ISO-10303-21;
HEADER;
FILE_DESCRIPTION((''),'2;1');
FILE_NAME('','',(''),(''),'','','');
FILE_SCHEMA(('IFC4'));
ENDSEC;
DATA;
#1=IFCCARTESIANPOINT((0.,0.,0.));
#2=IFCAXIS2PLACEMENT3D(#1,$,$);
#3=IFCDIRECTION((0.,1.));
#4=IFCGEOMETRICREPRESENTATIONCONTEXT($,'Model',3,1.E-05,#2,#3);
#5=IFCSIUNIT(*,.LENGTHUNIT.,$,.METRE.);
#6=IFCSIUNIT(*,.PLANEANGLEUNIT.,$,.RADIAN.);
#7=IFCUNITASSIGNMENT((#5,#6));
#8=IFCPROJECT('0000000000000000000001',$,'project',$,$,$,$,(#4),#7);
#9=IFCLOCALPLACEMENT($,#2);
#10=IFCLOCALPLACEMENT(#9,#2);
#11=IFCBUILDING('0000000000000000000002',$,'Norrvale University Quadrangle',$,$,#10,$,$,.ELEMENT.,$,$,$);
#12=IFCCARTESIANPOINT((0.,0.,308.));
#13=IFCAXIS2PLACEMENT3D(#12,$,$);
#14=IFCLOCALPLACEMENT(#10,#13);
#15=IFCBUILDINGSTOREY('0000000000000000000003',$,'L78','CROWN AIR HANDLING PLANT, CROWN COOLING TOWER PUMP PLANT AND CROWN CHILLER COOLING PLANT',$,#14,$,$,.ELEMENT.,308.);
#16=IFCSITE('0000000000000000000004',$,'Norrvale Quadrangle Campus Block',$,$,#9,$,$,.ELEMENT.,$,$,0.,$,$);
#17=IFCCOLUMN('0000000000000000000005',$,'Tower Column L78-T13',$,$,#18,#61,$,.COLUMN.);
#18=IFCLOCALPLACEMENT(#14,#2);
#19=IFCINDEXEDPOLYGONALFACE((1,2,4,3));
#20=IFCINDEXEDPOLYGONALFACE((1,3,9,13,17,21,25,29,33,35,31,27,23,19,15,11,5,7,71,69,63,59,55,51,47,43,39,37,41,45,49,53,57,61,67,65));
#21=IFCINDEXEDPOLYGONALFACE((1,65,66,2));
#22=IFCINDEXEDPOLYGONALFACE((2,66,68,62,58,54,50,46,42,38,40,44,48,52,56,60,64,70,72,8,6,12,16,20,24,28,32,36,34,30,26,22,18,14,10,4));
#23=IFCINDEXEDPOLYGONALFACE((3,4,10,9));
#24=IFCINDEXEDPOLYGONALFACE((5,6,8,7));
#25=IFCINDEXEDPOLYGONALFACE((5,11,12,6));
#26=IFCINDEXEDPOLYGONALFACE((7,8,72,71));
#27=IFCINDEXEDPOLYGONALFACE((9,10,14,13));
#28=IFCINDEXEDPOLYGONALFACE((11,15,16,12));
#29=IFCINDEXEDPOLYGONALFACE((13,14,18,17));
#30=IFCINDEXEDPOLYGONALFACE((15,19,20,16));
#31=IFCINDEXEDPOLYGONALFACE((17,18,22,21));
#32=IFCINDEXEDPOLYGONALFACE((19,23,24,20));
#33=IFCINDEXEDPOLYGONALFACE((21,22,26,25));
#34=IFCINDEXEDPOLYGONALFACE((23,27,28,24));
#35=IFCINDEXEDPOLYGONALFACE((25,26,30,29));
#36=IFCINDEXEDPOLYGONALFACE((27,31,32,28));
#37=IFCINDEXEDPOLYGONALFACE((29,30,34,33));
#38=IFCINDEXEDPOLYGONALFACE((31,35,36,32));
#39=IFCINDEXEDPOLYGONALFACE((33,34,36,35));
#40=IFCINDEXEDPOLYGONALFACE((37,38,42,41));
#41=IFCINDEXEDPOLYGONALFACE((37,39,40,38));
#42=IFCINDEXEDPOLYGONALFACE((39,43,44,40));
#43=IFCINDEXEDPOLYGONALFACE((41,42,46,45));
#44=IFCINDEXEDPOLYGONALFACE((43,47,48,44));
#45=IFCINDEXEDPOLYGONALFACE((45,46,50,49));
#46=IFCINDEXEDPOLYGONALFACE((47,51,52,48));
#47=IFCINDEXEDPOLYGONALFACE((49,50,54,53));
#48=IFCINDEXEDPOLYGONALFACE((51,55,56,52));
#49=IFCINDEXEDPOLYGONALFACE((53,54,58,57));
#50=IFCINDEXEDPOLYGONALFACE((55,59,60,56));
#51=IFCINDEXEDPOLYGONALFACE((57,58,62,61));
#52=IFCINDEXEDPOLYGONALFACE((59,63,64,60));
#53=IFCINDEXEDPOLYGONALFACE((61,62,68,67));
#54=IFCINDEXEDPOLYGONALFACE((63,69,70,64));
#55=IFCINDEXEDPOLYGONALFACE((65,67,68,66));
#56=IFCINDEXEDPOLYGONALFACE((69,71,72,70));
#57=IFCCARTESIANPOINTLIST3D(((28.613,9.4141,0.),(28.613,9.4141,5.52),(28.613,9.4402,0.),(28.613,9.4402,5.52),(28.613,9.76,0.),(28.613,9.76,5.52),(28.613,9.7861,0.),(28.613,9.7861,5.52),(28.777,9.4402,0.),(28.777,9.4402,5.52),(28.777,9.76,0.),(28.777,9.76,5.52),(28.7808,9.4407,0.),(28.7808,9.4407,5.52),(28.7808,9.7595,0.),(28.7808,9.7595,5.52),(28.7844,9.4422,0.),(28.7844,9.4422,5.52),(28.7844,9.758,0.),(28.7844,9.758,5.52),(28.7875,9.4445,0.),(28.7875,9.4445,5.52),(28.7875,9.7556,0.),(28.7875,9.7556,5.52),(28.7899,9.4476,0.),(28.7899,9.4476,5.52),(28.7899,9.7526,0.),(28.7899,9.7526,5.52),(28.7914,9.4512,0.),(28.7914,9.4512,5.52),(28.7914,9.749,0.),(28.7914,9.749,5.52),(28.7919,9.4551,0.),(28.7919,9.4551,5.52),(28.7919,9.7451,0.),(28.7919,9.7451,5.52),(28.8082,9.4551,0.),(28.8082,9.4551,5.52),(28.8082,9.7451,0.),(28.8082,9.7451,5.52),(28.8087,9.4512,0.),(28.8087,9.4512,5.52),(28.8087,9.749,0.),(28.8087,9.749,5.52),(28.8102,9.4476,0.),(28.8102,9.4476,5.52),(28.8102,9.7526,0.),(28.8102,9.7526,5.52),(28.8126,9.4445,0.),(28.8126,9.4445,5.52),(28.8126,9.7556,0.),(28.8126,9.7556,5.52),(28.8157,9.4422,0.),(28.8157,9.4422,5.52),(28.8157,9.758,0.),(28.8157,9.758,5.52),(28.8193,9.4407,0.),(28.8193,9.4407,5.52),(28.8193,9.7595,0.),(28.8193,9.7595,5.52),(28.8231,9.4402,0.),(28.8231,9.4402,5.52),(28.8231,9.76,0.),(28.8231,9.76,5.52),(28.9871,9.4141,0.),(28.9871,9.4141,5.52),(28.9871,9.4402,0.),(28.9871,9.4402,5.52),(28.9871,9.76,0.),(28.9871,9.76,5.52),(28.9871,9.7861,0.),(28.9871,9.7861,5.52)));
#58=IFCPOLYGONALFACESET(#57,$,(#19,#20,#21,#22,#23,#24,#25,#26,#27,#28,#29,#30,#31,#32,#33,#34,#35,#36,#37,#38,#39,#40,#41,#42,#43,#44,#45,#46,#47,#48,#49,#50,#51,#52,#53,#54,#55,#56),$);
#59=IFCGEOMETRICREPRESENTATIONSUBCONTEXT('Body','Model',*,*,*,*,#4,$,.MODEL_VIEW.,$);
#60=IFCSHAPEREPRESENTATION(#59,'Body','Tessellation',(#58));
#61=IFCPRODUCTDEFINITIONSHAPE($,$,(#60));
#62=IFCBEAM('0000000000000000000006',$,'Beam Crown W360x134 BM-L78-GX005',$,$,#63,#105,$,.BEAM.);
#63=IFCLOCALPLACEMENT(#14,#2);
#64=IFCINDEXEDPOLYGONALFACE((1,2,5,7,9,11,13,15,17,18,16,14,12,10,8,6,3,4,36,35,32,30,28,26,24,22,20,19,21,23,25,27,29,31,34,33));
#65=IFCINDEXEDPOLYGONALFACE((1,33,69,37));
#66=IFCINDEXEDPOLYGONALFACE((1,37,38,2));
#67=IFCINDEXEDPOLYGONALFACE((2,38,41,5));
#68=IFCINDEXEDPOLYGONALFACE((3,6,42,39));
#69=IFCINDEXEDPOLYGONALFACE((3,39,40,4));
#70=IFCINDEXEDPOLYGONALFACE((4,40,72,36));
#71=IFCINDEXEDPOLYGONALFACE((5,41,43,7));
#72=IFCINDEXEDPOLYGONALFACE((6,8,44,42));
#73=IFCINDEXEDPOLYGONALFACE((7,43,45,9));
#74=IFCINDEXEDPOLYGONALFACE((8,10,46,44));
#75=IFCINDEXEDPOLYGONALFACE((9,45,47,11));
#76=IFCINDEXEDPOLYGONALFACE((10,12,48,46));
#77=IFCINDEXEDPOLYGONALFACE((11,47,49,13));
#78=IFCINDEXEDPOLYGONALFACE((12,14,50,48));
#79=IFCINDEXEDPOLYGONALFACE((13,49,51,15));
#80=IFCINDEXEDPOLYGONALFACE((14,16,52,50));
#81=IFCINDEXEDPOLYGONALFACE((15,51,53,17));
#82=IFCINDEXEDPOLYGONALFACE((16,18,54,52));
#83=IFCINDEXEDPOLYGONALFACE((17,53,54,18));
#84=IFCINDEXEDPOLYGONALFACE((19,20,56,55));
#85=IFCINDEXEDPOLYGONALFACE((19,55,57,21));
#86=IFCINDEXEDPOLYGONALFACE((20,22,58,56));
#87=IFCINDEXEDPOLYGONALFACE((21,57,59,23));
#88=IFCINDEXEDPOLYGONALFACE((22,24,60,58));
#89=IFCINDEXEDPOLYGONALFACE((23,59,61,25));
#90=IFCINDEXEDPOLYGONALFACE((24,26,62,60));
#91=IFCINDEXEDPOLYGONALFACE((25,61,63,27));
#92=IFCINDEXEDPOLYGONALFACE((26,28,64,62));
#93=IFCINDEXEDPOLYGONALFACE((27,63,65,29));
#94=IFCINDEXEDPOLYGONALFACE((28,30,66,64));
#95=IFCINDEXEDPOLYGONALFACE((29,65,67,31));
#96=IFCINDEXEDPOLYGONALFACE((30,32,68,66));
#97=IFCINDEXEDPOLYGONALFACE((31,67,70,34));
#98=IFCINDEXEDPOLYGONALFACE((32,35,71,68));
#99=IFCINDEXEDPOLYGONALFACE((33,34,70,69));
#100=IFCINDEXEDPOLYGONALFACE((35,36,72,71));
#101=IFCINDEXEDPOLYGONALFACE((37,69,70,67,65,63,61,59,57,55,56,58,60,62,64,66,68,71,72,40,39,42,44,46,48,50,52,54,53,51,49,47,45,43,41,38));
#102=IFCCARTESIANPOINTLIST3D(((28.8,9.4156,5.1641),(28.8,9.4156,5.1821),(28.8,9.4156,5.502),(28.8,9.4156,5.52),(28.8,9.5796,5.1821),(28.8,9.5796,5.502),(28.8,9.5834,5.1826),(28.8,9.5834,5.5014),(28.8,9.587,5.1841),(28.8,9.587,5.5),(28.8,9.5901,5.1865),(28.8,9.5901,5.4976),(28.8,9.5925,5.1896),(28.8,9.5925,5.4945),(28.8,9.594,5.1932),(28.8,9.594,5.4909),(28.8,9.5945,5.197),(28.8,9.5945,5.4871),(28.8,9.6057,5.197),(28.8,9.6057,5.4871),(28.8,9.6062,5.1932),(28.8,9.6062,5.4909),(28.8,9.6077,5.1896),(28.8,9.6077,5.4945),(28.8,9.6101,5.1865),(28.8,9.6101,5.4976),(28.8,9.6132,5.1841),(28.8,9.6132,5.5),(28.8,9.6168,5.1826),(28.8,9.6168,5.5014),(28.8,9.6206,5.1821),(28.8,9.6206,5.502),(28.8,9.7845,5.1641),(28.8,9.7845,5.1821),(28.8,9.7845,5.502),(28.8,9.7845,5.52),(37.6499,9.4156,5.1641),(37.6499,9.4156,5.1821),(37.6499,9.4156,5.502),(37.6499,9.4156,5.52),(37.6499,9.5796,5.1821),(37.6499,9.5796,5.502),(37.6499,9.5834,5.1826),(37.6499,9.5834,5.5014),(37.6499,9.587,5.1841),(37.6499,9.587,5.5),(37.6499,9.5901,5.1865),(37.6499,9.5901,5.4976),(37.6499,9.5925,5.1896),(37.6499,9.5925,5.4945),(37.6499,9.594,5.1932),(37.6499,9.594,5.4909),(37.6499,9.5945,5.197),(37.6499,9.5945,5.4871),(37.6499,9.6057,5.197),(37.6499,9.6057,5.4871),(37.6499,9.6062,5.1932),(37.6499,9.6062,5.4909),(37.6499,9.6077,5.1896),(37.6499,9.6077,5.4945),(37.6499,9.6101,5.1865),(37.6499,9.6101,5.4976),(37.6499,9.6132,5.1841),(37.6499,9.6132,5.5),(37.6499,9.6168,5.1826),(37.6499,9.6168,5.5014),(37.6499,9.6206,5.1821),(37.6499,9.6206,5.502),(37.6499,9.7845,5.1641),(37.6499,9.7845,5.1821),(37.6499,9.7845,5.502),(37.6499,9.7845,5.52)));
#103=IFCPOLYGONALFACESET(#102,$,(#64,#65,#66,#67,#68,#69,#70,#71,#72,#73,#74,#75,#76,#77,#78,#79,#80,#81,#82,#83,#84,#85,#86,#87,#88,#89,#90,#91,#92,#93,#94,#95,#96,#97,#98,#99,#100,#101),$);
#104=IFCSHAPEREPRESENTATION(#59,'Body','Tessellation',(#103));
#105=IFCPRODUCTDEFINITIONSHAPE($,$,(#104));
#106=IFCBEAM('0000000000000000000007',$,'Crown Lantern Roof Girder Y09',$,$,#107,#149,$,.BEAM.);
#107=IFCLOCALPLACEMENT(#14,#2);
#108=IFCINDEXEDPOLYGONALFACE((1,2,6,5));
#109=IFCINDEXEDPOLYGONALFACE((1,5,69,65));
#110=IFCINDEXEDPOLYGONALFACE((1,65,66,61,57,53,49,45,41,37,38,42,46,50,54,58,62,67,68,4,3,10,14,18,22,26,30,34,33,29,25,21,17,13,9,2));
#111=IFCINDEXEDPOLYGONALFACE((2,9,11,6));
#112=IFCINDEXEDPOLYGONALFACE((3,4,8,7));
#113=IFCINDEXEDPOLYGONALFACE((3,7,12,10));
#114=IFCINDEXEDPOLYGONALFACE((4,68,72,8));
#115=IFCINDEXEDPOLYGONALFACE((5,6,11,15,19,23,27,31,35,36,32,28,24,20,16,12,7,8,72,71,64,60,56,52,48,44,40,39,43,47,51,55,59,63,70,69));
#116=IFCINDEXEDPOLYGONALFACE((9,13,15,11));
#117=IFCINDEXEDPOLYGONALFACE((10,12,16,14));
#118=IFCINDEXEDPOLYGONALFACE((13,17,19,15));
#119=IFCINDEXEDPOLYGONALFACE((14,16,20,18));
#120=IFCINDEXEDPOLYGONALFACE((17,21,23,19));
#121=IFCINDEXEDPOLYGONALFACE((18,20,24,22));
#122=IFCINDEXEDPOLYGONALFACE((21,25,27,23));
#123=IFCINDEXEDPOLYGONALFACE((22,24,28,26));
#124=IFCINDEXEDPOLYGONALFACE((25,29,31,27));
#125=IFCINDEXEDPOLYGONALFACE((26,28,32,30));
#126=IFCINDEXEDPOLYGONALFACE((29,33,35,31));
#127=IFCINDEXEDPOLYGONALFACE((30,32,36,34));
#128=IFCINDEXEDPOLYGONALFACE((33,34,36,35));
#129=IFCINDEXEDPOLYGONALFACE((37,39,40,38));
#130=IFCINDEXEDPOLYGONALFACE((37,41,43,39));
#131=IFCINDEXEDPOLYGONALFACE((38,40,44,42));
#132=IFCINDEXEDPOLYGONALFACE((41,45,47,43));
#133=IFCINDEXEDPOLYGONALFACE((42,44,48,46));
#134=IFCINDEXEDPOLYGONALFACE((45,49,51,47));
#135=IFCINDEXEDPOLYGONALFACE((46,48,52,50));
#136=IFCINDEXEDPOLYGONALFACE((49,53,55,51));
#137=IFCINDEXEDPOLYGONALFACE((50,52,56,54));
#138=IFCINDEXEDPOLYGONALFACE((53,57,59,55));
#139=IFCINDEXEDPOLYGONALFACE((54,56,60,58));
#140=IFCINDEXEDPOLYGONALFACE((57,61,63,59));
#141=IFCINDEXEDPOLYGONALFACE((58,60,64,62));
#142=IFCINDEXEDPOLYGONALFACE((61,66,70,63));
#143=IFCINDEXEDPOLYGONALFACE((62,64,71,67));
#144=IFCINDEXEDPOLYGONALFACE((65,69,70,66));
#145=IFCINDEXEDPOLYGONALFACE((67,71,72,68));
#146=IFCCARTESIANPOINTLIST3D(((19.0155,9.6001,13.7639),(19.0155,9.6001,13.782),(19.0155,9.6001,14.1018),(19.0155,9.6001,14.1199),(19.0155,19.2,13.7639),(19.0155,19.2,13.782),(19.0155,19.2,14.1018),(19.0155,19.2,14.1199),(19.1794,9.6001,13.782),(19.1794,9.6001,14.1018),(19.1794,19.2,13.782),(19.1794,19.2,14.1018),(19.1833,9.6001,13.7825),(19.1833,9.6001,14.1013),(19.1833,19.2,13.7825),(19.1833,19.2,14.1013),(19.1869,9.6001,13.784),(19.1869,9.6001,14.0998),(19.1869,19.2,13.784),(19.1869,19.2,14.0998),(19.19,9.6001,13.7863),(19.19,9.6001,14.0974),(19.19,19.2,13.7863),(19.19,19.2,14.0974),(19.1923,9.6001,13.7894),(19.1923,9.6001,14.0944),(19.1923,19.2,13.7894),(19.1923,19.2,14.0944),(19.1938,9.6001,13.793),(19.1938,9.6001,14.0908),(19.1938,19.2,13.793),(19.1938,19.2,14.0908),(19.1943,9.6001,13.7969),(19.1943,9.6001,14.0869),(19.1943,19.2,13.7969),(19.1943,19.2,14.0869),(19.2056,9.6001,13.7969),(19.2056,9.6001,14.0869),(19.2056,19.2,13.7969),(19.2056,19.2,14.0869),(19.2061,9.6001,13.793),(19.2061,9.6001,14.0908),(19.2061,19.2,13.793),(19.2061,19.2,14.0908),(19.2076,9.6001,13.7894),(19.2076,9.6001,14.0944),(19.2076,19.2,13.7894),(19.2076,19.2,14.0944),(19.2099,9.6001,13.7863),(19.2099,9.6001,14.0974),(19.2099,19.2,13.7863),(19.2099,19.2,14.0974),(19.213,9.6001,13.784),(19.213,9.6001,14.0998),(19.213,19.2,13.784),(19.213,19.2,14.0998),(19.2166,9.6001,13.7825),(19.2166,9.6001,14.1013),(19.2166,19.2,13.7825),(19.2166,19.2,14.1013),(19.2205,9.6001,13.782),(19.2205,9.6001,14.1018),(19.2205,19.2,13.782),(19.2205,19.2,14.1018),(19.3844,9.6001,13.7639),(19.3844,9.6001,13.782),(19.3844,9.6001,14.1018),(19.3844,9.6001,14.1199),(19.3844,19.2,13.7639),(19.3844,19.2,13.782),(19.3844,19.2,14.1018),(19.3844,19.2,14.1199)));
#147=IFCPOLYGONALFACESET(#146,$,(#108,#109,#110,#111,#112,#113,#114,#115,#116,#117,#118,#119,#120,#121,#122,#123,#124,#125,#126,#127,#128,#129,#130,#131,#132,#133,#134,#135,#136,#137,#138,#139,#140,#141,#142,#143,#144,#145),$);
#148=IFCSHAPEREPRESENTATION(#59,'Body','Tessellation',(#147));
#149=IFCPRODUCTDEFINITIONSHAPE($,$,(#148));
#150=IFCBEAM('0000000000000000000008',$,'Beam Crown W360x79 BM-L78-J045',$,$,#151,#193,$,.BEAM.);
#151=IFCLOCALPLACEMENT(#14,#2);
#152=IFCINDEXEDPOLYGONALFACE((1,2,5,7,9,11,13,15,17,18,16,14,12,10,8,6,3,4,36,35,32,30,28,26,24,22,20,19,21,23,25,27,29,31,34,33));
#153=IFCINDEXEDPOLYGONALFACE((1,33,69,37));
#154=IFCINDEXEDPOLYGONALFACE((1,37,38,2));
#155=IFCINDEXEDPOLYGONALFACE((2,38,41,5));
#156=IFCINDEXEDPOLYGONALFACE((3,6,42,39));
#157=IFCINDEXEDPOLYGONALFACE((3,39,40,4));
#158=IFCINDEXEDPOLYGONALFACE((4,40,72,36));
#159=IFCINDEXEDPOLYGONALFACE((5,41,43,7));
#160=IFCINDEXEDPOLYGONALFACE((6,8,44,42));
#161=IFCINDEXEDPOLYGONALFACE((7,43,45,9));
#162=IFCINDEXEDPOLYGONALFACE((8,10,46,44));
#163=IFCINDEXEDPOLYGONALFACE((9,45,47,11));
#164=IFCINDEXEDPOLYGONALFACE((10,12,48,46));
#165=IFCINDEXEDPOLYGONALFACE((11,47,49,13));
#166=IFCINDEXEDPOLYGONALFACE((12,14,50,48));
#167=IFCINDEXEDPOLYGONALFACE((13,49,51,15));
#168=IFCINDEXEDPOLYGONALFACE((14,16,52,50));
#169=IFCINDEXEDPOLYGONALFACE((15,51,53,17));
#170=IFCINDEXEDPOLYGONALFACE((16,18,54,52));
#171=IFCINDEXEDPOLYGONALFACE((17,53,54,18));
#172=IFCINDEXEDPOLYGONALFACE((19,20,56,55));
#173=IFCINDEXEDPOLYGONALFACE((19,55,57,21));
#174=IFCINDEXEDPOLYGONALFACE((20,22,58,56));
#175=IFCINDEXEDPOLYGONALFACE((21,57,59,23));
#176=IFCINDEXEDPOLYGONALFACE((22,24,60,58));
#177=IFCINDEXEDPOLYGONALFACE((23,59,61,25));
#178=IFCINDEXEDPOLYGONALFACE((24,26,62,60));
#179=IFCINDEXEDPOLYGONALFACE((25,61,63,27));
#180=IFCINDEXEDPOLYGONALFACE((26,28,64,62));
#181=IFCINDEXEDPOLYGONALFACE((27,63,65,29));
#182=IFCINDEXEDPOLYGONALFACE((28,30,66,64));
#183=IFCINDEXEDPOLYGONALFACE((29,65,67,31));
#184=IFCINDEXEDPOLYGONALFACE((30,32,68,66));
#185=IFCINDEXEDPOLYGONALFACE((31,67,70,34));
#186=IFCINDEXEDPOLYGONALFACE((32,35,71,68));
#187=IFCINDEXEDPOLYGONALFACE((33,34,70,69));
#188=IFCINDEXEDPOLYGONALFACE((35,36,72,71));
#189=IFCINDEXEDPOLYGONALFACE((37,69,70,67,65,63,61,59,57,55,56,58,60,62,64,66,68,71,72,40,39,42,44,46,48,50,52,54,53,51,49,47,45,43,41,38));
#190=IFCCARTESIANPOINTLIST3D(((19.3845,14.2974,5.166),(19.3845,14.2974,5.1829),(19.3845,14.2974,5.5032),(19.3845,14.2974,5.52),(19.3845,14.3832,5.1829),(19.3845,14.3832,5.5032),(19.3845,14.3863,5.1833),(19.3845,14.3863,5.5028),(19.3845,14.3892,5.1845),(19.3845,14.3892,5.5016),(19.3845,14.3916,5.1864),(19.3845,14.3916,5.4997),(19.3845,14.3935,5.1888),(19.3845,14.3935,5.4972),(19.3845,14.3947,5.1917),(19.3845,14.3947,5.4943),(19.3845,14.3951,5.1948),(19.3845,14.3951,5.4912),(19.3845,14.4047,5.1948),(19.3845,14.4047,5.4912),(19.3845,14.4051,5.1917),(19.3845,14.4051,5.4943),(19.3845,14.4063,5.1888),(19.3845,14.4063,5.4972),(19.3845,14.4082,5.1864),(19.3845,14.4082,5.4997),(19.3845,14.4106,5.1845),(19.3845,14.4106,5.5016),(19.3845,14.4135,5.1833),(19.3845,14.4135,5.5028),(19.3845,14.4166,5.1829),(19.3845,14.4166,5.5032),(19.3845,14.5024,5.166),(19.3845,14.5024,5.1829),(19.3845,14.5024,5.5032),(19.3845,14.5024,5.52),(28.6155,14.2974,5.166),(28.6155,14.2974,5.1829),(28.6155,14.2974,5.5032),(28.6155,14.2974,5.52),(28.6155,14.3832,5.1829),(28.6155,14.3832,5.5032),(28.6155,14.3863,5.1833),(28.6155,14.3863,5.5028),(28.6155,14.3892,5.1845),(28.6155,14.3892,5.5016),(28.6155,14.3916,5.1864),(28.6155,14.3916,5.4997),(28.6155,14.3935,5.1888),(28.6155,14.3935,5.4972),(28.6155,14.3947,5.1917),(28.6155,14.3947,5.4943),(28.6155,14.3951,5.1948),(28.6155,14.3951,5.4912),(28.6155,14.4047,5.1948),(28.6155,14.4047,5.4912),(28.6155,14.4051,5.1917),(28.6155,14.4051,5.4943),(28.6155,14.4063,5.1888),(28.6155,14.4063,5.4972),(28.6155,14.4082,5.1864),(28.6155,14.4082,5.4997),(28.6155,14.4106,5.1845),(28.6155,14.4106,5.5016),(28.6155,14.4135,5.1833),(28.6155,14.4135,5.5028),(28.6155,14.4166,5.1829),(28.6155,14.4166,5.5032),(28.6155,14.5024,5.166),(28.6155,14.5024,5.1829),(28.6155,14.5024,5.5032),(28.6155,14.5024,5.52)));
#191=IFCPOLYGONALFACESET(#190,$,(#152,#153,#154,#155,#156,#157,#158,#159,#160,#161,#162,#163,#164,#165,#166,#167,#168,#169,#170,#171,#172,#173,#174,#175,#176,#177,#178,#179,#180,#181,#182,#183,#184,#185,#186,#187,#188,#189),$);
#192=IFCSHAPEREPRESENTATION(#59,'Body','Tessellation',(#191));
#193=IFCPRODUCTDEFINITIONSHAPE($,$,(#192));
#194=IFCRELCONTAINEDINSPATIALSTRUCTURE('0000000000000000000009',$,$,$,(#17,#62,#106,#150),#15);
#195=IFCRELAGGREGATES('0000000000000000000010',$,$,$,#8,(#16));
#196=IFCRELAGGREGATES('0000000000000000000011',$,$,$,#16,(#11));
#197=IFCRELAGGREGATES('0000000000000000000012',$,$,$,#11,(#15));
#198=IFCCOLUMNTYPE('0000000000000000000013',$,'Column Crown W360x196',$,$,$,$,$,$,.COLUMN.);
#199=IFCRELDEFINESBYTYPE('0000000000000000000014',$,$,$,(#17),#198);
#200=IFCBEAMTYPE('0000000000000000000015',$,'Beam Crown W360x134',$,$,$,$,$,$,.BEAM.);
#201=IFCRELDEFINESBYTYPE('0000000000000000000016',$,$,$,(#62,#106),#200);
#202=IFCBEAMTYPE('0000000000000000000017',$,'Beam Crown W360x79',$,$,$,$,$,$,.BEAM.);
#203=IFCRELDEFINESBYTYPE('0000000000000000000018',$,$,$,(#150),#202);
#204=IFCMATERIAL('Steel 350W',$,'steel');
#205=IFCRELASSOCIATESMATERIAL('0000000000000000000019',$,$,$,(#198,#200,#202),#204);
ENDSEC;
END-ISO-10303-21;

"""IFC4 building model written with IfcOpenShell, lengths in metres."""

from ifc_helpers import new_model, si_unit, direction, frame, origin, origin_2d, place, context, subcontext, project, spatial, i_section, extrude, material, material_profile, profile_set, type_object, element, save


model = new_model("IFC4")

# Units and contexts
model_context = context("Model", 3, precision=1e-05, world=origin(), true_north=direction((0.0, 1.0)))
body_context = subcontext(model_context, "Body", "Model", "MODEL_VIEW")
ifc_project = project(units=[si_unit("LENGTHUNIT", "METRE"), si_unit("PLANEANGLEUNIT", "RADIAN")], contexts=[model_context])

# Site, building, storey
site_placement = place(None, origin())
site = spatial("IfcSite", under=ifc_project, at=site_placement, Name="Norrvale Quadrangle Campus Block", CompositionType="ELEMENT", RefElevation=0.0)
building_placement = place(site_placement, origin())
building = spatial("IfcBuilding", under=site, at=building_placement, Name="Norrvale University Quadrangle", CompositionType="ELEMENT")
storey_placement = place(building_placement, frame((0.0, 0.0, 308.0)))
storey = spatial("IfcBuildingStorey", under=building, at=storey_placement, Name="L78", Description="CROWN AIR HANDLING PLANT, CROWN COOLING TOWER PUMP PLANT AND CROWN CHILLER COOLING PLANT", CompositionType="ELEMENT", Elevation=308.0)

# Column
ifc_material_1 = material(Name="Steel 350W", Category="steel")
ifc_material_profile_1 = material_profile(ifc_material_1, i_section(OverallWidth=0.374, OverallDepth=0.3721, WebThickness=0.0164, FlangeThickness=0.0261, FilletRadius=0.0149, at=origin_2d()), Name="Steel 350W")
ifc_profile_set_1 = profile_set([ifc_material_profile_1], Name="Steel 350W")
column_type = type_object("IfcColumnType", Name="Column Crown W360x196", PredefinedType="COLUMN", material=ifc_profile_set_1)
column_placement = place(storey_placement, frame((28.8, 9.6001, 0.0), z_axis=(0.0, 0.0, 1.0), x_axis=(1.0, 0.0, 0.0)))
element("IfcColumn", 1, at=column_placement, inside=storey, type_object=column_type, Name="Tower Column L78-T13", PredefinedType="COLUMN", context=body_context, shape_type="SweptSolid", body=[
    extrude(i_section(OverallWidth=0.374, OverallDepth=0.3721, WebThickness=0.0164, FlangeThickness=0.0261, FilletRadius=0.0149, at=origin_2d()), origin(), (0.0, 0.0, 1.0), 5.52),
])

# Beams
ifc_material_profile_2 = material_profile(ifc_material_1, i_section(OverallWidth=0.3689, OverallDepth=0.356, WebThickness=0.0112, FlangeThickness=0.0181, FilletRadius=0.0149, at=origin_2d()), Name="Steel 350W")
ifc_profile_set_2 = profile_set([ifc_material_profile_2], Name="Steel 350W")
beam_type_1 = type_object("IfcBeamType", Name="Beam Crown W360x134", PredefinedType="BEAM", material=ifc_profile_set_2)
beam_1_placement = place(storey_placement, frame((28.8, 9.6001, 5.342), z_axis=(1.0, 0.0, 0.0), x_axis=(0.0, 1.0, 0.0)))
element("IfcBeam", 2, at=beam_1_placement, inside=storey, type_object=beam_type_1, Name="Beam Crown W360x134 BM-L78-GX005", PredefinedType="BEAM", context=body_context, shape_type="SweptSolid", body=[
    extrude(i_section(OverallWidth=0.3689, OverallDepth=0.356, WebThickness=0.0112, FlangeThickness=0.0181, FilletRadius=0.0149, at=origin_2d()), origin(), (0.0, 0.0, 1.0), 8.8499),
])
beam_2_placement = place(storey_placement, frame((19.2, 9.6001, 13.9419), z_axis=(0.0, 1.0, 0.0), x_axis=(-1.0, 0.0, 0.0)))
element("IfcBeam", 3, at=beam_2_placement, inside=storey, type_object=beam_type_1, Name="Crown Lantern Roof Girder Y09", PredefinedType="BEAM", context=body_context, shape_type="SweptSolid", body=[
    extrude(i_section(OverallWidth=0.3689, OverallDepth=0.356, WebThickness=0.0112, FlangeThickness=0.0181, FilletRadius=0.0149, at=origin_2d()), origin(), (0.0, 0.0, 1.0), 9.5999),
])
ifc_material_profile_3 = material_profile(ifc_material_1, i_section(OverallWidth=0.2051, OverallDepth=0.354, WebThickness=0.0095, FlangeThickness=0.0168, FilletRadius=0.012, at=origin_2d()), Name="Steel 350W")
ifc_profile_set_3 = profile_set([ifc_material_profile_3], Name="Steel 350W")
beam_type_2 = type_object("IfcBeamType", Name="Beam Crown W360x79", PredefinedType="BEAM", material=ifc_profile_set_3)
beam_3_placement = place(storey_placement, frame((19.3845, 14.3999, 5.343), z_axis=(1.0, 0.0, 0.0), x_axis=(0.0, 1.0, 0.0)))
element("IfcBeam", 4, at=beam_3_placement, inside=storey, type_object=beam_type_2, Name="Beam Crown W360x79 BM-L78-J045", PredefinedType="BEAM", context=body_context, shape_type="SweptSolid", body=[
    extrude(i_section(OverallWidth=0.2051, OverallDepth=0.354, WebThickness=0.0095, FlangeThickness=0.0168, FilletRadius=0.012, at=origin_2d()), origin(), (0.0, 0.0, 1.0), 9.231),
])

save(model, "model.ifc")
